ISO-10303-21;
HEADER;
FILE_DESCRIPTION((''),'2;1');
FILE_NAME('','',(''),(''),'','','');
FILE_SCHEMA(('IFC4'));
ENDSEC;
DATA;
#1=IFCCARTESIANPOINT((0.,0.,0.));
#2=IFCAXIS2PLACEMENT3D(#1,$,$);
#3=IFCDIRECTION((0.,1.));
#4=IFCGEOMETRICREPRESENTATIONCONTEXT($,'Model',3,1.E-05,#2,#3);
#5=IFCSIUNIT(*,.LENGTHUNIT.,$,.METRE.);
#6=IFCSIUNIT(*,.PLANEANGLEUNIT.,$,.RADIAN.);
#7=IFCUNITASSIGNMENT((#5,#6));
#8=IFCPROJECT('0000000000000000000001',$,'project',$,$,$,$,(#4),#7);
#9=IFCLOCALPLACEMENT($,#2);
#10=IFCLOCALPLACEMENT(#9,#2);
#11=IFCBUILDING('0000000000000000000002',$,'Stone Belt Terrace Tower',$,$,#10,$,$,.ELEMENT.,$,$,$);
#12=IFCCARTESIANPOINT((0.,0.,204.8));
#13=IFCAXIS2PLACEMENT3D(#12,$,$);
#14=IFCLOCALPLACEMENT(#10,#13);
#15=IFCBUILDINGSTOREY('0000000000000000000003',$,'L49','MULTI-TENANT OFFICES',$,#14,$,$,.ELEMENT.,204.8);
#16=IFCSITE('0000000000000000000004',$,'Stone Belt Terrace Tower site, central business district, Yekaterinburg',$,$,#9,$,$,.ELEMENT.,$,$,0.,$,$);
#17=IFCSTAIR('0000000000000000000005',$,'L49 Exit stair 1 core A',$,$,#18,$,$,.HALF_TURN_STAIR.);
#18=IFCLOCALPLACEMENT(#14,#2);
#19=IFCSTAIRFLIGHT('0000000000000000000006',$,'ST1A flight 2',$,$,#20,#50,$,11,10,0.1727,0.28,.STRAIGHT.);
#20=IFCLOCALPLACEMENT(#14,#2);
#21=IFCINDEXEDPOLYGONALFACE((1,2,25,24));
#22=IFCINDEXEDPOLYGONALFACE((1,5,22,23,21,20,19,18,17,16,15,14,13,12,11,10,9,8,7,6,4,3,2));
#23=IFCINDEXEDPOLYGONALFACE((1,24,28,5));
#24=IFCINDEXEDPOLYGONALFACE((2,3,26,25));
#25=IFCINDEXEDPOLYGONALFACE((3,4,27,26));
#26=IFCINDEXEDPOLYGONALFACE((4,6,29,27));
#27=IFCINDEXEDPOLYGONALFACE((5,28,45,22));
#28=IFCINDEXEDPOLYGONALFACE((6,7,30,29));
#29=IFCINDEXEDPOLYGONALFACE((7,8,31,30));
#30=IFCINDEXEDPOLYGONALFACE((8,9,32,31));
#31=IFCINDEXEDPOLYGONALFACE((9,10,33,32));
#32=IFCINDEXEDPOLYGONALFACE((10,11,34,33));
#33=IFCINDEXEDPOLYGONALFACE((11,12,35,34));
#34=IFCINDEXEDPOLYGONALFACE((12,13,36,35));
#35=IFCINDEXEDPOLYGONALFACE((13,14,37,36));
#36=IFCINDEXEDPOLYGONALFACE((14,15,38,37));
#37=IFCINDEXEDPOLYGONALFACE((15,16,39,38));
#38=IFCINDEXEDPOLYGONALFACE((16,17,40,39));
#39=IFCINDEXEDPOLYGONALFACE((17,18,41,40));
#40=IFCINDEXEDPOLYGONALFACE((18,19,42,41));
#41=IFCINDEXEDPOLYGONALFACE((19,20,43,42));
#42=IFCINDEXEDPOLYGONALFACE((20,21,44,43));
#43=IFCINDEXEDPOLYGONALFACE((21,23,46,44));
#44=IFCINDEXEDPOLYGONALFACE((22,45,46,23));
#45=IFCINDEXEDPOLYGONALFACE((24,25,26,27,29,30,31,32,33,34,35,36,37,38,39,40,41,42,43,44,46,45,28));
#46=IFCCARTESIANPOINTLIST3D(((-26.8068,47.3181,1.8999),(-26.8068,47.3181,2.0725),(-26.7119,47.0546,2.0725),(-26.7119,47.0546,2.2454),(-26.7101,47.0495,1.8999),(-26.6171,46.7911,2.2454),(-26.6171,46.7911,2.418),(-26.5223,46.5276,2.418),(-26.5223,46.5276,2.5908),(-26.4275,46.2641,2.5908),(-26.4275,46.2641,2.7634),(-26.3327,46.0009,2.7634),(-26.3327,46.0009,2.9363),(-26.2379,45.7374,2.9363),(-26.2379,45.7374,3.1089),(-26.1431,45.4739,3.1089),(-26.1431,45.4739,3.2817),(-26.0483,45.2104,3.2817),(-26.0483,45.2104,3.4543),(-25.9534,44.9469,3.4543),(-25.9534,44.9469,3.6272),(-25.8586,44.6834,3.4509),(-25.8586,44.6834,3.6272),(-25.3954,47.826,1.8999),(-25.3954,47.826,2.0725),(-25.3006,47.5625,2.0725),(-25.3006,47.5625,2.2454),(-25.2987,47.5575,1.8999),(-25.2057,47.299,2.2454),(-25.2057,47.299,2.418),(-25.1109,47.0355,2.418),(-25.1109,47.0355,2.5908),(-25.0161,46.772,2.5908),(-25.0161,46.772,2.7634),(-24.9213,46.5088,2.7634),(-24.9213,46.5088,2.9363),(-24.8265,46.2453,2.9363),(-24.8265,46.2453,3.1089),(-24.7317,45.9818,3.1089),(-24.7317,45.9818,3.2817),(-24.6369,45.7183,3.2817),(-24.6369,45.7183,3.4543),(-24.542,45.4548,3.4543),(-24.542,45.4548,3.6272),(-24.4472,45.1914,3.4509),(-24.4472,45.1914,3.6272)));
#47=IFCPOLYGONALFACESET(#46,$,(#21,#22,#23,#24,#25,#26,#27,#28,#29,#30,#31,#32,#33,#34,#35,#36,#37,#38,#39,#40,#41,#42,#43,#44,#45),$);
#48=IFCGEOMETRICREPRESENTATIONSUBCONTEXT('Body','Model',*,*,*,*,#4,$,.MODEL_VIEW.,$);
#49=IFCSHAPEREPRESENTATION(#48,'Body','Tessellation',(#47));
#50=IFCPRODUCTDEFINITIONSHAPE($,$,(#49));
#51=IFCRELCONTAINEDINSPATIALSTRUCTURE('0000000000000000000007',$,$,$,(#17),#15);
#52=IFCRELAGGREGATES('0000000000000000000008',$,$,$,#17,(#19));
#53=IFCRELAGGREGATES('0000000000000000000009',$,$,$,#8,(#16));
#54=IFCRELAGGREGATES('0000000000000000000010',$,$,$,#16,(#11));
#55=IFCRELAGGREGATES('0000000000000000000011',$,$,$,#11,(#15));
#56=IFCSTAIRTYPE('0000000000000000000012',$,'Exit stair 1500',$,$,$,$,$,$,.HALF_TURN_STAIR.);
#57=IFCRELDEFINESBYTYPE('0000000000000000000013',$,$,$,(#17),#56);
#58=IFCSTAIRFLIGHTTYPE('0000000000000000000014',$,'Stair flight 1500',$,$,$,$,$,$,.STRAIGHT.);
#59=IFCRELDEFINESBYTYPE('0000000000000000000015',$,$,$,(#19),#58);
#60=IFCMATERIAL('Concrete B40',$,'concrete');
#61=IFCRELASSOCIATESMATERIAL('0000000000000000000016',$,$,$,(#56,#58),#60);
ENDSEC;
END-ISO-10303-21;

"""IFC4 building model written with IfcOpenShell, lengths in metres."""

from ifc_helpers import new_model, si_unit, direction, frame, origin, place, context, subcontext, project, spatial, polyline, outline, extrude, material, type_object, element, aggregate, save


model = new_model("IFC4")

# Units and contexts
model_context = context("Model", 3, precision=1e-05, world=origin(), true_north=direction((0.0, 1.0)))
body_context = subcontext(model_context, "Body", "Model", "MODEL_VIEW")
ifc_project = project(units=[si_unit("LENGTHUNIT", "METRE"), si_unit("PLANEANGLEUNIT", "RADIAN")], contexts=[model_context])

# Site, building, storey
site_placement = place(None, origin())
site = spatial("IfcSite", under=ifc_project, at=site_placement, Name="Stone Belt Terrace Tower site, central business district, Yekaterinburg", CompositionType="ELEMENT", RefElevation=0.0)
building_placement = place(site_placement, origin())
building = spatial("IfcBuilding", under=site, at=building_placement, Name="Stone Belt Terrace Tower", CompositionType="ELEMENT")
storey_placement = place(building_placement, frame((0.0, 0.0, 204.8)))
storey = spatial("IfcBuildingStorey", under=building, at=storey_placement, Name="L49", Description="MULTI-TENANT OFFICES", CompositionType="ELEMENT", Elevation=204.8)

# Stair, stair flight
ifc_material_1 = material(Name="Concrete B40", Category="concrete")
stair_type = type_object("IfcStairType", Name="Exit stair 1500", PredefinedType="HALF_TURN_STAIR", material=ifc_material_1)
stair_placement = place(storey_placement, origin())
stair = element("IfcStair", 1, at=stair_placement, inside=storey, type_object=stair_type, Name="L49 Exit stair 1 core A", PredefinedType="HALF_TURN_STAIR")
stair_flight_type = type_object("IfcStairFlightType", Name="Stair flight 1500", PredefinedType="STRAIGHT", material=ifc_material_1)
stair_flight_placement = place(storey_placement, frame((-26.1011, 47.572, 1.8999), z_axis=(0.0, 0.0, 1.0), x_axis=(0.338624, -0.940922, 0.0)))
stair_flight = element("IfcStairFlight", 2, at=stair_flight_placement, type_object=stair_flight_type, Name="ST1A flight 2", NumberOfRisers=11, NumberOfTreads=10, PredefinedType="STRAIGHT", RiserHeight=0.1727, TreadLength=0.28, context=body_context, shape_type="SweptSolid", body=[
    extrude(outline(polyline([(0.0, 0.0), (0.0, 0.1726), (0.28, 0.1726), (0.28, 0.3455), (0.5601, 0.3455), (0.5601, 0.5181), (0.8401, 0.5181), (0.8401, 0.6909), (1.1201, 0.6909), (1.1201, 0.8635), (1.3999, 0.8635), (1.3999, 1.0364), (1.6799, 1.0364), (1.6799, 1.209), (1.96, 1.209), (1.96, 1.3818), (2.24, 1.3818), (2.24, 1.5544), (2.52, 1.5544), (2.52, 1.7273), (2.8, 1.7273), (2.8, 1.8999), (2.8, 1.551), (0.2854, 0.0), (0.0, 0.0)])), frame((0.0, 0.75, 0.0), z_axis=(0.0, -1.0, 0.0), x_axis=(1.0, 0.0, 0.0)), (0.0, 0.0, 1.0), 1.5),
])
aggregate(stair, [stair_flight])

save(model, "model.ifc")
